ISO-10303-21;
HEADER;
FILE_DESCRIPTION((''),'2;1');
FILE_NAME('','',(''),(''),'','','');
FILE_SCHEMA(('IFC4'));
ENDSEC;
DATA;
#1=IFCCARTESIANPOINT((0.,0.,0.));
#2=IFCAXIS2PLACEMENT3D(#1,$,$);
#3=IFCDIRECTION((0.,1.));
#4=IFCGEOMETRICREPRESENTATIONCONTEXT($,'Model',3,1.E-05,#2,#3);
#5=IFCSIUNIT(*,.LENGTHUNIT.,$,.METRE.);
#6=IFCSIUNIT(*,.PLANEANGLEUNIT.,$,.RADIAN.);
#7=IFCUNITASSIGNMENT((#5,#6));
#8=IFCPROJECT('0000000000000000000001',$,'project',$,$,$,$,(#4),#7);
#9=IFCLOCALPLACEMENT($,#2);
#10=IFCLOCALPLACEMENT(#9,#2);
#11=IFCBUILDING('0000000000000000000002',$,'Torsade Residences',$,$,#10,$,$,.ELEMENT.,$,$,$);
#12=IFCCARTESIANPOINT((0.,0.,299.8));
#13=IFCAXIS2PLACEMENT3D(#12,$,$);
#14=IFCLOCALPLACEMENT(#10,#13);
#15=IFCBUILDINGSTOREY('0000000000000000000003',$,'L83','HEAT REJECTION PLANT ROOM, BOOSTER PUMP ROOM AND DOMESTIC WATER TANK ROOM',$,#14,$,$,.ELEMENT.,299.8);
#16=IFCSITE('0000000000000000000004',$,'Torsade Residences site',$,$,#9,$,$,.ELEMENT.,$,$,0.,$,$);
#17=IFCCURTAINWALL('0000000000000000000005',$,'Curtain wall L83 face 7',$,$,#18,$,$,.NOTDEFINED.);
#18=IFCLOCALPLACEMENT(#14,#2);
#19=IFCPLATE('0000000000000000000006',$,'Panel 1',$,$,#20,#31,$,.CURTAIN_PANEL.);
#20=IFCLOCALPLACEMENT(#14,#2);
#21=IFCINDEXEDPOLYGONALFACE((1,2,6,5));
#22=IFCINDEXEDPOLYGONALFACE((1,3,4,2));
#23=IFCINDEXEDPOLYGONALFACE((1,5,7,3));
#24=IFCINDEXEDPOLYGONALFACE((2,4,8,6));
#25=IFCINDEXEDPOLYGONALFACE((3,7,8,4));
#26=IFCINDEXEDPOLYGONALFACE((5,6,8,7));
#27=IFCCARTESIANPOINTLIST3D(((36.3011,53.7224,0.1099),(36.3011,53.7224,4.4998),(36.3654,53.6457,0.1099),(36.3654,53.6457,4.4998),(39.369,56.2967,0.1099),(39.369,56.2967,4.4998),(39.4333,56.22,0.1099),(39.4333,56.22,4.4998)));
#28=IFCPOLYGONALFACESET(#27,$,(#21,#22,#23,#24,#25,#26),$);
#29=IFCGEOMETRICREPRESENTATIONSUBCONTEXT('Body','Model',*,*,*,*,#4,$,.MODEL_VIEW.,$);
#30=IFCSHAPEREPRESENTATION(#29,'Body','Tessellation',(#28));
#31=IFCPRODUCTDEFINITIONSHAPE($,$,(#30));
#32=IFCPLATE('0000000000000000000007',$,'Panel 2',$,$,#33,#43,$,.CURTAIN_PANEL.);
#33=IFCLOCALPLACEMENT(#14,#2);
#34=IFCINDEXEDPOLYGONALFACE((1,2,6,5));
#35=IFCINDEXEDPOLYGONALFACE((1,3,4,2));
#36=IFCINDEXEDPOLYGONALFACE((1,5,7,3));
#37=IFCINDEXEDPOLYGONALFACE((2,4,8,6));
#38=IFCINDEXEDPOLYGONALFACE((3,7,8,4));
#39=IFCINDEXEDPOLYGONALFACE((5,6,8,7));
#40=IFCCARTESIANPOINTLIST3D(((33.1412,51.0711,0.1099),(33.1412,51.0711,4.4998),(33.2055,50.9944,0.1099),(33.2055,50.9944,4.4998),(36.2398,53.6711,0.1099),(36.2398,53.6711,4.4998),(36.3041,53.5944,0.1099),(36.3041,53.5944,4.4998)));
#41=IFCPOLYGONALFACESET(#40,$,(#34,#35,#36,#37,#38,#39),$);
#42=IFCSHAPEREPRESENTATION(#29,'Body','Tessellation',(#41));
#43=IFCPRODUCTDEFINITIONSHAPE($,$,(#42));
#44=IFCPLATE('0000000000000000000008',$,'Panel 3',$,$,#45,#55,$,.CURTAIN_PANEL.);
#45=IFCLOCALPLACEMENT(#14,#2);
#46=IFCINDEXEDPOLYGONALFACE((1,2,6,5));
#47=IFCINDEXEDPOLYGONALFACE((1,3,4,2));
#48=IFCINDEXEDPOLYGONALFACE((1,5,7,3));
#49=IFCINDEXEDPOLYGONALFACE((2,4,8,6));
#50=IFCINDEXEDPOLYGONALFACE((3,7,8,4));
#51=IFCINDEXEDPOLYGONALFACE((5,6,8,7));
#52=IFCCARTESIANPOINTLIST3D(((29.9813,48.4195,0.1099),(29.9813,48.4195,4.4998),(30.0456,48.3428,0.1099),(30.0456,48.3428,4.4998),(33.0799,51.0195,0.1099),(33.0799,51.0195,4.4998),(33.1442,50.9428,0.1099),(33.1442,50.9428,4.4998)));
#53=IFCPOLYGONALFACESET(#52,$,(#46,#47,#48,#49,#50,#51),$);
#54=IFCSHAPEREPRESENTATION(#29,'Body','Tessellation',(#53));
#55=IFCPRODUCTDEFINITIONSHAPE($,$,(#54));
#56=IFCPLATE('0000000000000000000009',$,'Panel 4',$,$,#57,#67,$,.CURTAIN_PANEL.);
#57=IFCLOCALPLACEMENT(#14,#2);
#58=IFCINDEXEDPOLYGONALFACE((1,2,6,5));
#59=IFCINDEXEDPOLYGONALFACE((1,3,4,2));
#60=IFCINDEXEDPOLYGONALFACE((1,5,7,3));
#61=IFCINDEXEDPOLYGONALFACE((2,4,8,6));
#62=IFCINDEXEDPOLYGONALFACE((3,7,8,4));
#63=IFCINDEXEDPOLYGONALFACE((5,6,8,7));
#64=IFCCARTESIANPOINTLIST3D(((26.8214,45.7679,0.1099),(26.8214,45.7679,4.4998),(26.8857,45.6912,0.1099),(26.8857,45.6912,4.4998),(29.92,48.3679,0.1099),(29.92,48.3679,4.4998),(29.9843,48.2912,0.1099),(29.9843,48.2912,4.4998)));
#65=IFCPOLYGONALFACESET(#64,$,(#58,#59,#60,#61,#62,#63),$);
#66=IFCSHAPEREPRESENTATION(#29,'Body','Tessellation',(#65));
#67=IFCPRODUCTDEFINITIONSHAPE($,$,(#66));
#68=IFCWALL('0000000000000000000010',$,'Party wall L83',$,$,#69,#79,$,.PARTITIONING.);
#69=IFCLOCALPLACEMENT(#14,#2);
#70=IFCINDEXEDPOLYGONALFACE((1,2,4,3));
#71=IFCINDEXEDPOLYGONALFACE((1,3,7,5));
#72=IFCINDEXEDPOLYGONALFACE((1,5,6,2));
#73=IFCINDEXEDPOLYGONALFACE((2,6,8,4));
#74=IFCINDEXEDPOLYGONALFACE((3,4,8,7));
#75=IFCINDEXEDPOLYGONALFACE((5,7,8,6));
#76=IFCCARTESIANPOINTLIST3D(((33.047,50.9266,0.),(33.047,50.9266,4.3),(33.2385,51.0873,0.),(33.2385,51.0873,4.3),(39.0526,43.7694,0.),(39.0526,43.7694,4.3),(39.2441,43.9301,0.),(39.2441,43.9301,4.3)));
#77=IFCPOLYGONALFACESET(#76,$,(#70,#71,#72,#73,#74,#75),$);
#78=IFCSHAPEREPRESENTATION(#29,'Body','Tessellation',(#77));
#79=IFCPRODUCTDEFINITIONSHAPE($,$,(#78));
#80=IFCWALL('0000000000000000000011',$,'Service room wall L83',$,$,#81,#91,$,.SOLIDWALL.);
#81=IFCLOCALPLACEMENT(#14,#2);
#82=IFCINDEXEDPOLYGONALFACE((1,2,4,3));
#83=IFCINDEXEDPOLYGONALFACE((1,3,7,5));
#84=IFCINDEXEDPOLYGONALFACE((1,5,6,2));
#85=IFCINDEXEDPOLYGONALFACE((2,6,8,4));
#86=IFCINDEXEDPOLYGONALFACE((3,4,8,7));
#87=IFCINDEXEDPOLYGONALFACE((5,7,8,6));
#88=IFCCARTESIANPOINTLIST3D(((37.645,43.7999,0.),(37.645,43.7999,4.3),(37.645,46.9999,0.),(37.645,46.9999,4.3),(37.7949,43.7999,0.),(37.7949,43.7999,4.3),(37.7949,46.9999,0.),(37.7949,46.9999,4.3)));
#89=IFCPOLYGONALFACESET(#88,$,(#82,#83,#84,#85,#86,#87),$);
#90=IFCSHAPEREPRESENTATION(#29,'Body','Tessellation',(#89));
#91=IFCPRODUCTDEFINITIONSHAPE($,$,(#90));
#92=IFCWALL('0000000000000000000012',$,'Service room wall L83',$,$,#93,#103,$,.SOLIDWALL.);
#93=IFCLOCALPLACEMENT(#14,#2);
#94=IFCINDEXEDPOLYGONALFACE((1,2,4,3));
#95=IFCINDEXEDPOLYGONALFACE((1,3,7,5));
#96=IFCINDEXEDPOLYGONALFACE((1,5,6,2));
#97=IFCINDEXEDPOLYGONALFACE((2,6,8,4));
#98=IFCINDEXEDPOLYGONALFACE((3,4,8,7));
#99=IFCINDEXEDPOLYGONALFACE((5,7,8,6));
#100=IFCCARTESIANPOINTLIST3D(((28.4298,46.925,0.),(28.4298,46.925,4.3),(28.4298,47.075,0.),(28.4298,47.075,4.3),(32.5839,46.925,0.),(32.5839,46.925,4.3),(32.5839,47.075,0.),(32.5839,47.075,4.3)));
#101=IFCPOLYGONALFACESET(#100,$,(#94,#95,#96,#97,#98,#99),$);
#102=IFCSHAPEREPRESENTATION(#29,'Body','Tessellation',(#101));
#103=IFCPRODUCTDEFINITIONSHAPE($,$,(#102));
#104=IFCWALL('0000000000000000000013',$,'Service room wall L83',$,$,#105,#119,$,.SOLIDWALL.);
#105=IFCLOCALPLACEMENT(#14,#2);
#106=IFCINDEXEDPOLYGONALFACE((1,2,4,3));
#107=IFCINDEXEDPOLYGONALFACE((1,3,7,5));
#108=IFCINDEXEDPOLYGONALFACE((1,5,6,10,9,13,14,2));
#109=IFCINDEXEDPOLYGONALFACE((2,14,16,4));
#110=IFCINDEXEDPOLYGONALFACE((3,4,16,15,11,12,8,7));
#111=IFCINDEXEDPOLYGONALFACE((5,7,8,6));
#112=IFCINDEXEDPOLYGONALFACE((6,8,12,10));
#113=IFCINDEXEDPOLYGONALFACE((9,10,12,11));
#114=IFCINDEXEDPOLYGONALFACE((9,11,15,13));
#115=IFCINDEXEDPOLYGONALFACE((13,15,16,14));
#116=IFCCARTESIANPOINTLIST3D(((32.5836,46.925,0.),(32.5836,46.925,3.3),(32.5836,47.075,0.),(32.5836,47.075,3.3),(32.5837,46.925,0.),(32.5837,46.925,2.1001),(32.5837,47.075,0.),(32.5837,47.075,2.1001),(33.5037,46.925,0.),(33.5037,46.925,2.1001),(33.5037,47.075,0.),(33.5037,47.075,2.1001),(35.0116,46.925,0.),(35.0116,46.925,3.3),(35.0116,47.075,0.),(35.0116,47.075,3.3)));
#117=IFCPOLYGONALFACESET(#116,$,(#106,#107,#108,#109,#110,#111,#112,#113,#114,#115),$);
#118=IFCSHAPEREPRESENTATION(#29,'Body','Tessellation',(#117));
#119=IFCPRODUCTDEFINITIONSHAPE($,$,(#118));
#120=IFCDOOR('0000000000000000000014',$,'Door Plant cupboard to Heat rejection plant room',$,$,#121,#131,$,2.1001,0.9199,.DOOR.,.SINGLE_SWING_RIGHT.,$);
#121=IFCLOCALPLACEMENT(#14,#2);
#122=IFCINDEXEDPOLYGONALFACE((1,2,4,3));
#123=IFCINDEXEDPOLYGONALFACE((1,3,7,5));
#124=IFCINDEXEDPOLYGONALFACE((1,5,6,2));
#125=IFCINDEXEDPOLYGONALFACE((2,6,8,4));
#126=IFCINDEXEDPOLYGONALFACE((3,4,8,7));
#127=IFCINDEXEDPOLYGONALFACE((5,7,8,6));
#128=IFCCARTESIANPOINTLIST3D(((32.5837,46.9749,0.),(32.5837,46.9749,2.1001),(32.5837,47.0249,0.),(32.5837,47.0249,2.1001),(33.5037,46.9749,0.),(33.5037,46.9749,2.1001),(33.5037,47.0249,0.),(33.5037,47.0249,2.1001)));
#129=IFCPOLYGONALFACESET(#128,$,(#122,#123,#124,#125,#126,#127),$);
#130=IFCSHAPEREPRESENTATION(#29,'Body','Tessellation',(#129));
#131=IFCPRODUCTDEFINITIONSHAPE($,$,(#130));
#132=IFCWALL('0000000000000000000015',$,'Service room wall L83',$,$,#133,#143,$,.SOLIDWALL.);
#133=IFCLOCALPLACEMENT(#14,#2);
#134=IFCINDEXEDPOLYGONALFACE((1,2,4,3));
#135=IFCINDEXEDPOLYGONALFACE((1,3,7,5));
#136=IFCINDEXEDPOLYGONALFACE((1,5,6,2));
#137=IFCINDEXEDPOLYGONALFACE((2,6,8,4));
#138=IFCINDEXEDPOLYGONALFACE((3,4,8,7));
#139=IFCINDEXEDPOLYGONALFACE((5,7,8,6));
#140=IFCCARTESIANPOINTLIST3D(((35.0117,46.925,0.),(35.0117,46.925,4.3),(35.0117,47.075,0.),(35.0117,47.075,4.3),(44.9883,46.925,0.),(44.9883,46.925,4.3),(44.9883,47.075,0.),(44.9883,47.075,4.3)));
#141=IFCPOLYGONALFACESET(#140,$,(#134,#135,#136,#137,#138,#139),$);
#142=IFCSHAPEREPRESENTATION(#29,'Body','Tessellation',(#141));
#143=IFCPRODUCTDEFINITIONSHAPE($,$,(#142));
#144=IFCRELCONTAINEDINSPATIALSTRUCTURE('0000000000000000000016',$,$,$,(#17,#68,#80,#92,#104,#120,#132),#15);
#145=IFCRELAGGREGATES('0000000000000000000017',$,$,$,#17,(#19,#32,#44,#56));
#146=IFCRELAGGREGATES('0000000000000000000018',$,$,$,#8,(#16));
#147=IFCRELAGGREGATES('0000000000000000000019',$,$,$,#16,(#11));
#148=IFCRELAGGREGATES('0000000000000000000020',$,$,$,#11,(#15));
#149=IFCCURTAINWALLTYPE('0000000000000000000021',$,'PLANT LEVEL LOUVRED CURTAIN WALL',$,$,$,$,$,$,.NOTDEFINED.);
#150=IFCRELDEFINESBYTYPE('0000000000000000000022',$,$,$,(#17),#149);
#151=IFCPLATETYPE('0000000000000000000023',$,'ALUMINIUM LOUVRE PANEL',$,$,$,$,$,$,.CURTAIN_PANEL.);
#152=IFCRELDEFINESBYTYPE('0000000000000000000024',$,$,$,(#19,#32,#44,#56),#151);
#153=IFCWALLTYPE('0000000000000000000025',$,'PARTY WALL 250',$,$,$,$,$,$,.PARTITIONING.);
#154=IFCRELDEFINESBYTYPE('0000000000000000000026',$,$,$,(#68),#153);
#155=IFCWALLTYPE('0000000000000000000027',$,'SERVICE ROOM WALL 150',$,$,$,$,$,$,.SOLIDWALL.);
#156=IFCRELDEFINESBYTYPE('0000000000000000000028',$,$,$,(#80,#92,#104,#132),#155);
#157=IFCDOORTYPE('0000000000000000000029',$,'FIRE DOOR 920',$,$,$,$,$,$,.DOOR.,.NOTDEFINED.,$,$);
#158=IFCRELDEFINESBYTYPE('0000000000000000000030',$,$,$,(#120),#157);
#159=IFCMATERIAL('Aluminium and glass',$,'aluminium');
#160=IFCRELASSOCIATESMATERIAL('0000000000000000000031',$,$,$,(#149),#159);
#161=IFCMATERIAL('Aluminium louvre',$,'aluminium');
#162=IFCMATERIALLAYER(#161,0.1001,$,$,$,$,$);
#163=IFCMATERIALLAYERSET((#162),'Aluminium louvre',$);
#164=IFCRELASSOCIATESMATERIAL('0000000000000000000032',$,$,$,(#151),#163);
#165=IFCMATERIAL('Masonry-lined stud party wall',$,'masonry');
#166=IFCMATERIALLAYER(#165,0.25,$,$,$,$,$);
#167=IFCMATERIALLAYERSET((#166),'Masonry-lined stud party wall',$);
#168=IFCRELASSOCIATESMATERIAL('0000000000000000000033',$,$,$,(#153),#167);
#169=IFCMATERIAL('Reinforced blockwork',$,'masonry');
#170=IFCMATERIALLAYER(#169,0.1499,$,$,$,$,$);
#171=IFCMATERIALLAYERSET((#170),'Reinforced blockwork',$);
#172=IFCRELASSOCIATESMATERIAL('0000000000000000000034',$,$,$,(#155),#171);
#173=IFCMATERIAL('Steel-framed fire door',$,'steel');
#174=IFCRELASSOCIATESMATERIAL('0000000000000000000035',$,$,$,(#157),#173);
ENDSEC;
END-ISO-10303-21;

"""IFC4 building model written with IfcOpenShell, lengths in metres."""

from ifc_helpers import new_model, si_unit, direction, frame, frame_2d, origin, origin_2d, place, context, subcontext, project, spatial, rectangle, extrude, material, layer, layer_set, type_object, element, fill, aggregate, save


model = new_model("IFC4")

# Units and contexts
model_context = context("Model", 3, precision=1e-05, world=origin(), true_north=direction((0.0, 1.0)))
body_context = subcontext(model_context, "Body", "Model", "MODEL_VIEW")
ifc_project = project(units=[si_unit("LENGTHUNIT", "METRE"), si_unit("PLANEANGLEUNIT", "RADIAN")], contexts=[model_context])

# Site, building, storey
site_placement = place(None, origin())
site = spatial("IfcSite", under=ifc_project, at=site_placement, Name="Torsade Residences site", CompositionType="ELEMENT", RefElevation=0.0)
building_placement = place(site_placement, origin())
building = spatial("IfcBuilding", under=site, at=building_placement, Name="Torsade Residences", CompositionType="ELEMENT")
storey_placement = place(building_placement, frame((0.0, 0.0, 299.8)))
storey = spatial("IfcBuildingStorey", under=building, at=storey_placement, Name="L83", Description="HEAT REJECTION PLANT ROOM, BOOSTER PUMP ROOM AND DOMESTIC WATER TANK ROOM", CompositionType="ELEMENT", Elevation=299.8)

# Curtain wall
ifc_material_1 = material(Name="Aluminium and glass", Category="aluminium")
curtain_wall_type = type_object("IfcCurtainWallType", Name="PLANT LEVEL LOUVRED CURTAIN WALL", PredefinedType="NOTDEFINED", material=ifc_material_1)
curtain_wall_placement = place(storey_placement, origin())
curtain_wall = element("IfcCurtainWall", 1, at=curtain_wall_placement, inside=storey, type_object=curtain_wall_type, Name="Curtain wall L83 face 7", PredefinedType="NOTDEFINED")

# Plates
ifc_material_2 = material(Name="Aluminium louvre", Category="aluminium")
ifc_layer_1 = layer(ifc_material_2, 0.1001)
ifc_layer_set_1 = layer_set([ifc_layer_1], Name="Aluminium louvre")
plate_type = type_object("IfcPlateType", Name="ALUMINIUM LOUVRE PANEL", PredefinedType="CURTAIN_PANEL", material=ifc_layer_set_1)
plate_1_placement = place(storey_placement, frame((37.8672, 54.9712, 0.1099), z_axis=(0.0, 0.0, 1.0), x_axis=(-0.766044, -0.642788, 0.0)))
plate_1 = element("IfcPlate", 2, at=plate_1_placement, type_object=plate_type, Name="Panel 1", PredefinedType="CURTAIN_PANEL", context=body_context, shape_type="SweptSolid", body=[
    extrude(rectangle(XDim=4.0049, YDim=0.1001, at=origin_2d()), origin(), (0.0, 0.0, 1.0), 4.3899),
])
plate_2_placement = place(storey_placement, frame((34.7227, 52.3328, 0.1099), z_axis=(0.0, 0.0, 1.0), x_axis=(-0.766044, -0.642788, 0.0)))
plate_2 = element("IfcPlate", 3, at=plate_2_placement, type_object=plate_type, Name="Panel 2", PredefinedType="CURTAIN_PANEL", context=body_context, shape_type="SweptSolid", body=[
    extrude(rectangle(XDim=4.0449, YDim=0.1001, at=origin_2d()), origin(), (0.0, 0.0, 1.0), 4.3899),
])
plate_3_placement = place(storey_placement, frame((31.5627, 49.6812, 0.1099), z_axis=(0.0, 0.0, 1.0), x_axis=(-0.766044, -0.642788, 0.0)))
plate_3 = element("IfcPlate", 4, at=plate_3_placement, type_object=plate_type, Name="Panel 3", PredefinedType="CURTAIN_PANEL", context=body_context, shape_type="SweptSolid", body=[
    extrude(rectangle(XDim=4.0449, YDim=0.1001, at=origin_2d()), origin(), (0.0, 0.0, 1.0), 4.3899),
])
plate_4_placement = place(storey_placement, frame((28.4028, 47.0295, 0.1099), z_axis=(0.0, 0.0, 1.0), x_axis=(-0.766044, -0.642788, 0.0)))
plate_4 = element("IfcPlate", 5, at=plate_4_placement, type_object=plate_type, Name="Panel 4", PredefinedType="CURTAIN_PANEL", context=body_context, shape_type="SweptSolid", body=[
    extrude(rectangle(XDim=4.0449, YDim=0.1001, at=origin_2d()), origin(), (0.0, 0.0, 1.0), 4.3899),
])
aggregate(curtain_wall, [plate_1, plate_2, plate_3, plate_4])

# Walls
ifc_material_3 = material(Name="Masonry-lined stud party wall", Category="masonry")
ifc_layer_2 = layer(ifc_material_3, 0.25)
ifc_layer_set_2 = layer_set([ifc_layer_2], Name="Masonry-lined stud party wall")
wall_type_1 = type_object("IfcWallType", Name="PARTY WALL 250", PredefinedType="PARTITIONING", material=ifc_layer_set_2)
wall_1_placement = place(storey_placement, frame((33.1428, 51.0068, 0.0), z_axis=(0.0, 0.0, 1.0), x_axis=(0.642787, -0.766045, 0.0)))
element("IfcWall", 6, at=wall_1_placement, inside=storey, type_object=wall_type_1, Name="Party wall L83", PredefinedType="PARTITIONING", context=body_context, shape_type="SweptSolid", body=[
    extrude(rectangle(XDim=9.343, YDim=0.25, at=frame_2d((4.6714, 0.0))), origin(), (0.0, 0.0, 1.0), 4.3),
])
ifc_material_4 = material(Name="Reinforced blockwork", Category="masonry")
ifc_layer_3 = layer(ifc_material_4, 0.1499)
ifc_layer_set_3 = layer_set([ifc_layer_3], Name="Reinforced blockwork")
wall_type_2 = type_object("IfcWallType", Name="SERVICE ROOM WALL 150", PredefinedType="SOLIDWALL", material=ifc_layer_set_3)
wall_2_placement = place(storey_placement, frame((37.72, 47.0, 0.0), z_axis=(0.0, 0.0, 1.0), x_axis=(0.0, -1.0, 0.0)))
element("IfcWall", 7, at=wall_2_placement, inside=storey, type_object=wall_type_2, Name="Service room wall L83", PredefinedType="SOLIDWALL", context=body_context, shape_type="SweptSolid", body=[
    extrude(rectangle(XDim=3.2, YDim=0.1499, at=frame_2d((1.6001, 0.0))), origin(), (0.0, 0.0, 1.0), 4.3),
])
wall_3_placement = place(storey_placement, frame((28.4297, 47.0, 0.0), z_axis=(0.0, 0.0, 1.0), x_axis=(1.0, 0.0, 0.0)))
element("IfcWall", 8, at=wall_3_placement, inside=storey, type_object=wall_type_2, Name="Service room wall L83", PredefinedType="SOLIDWALL", context=body_context, shape_type="SweptSolid", body=[
    extrude(rectangle(XDim=4.1541, YDim=0.1499, at=frame_2d((2.0771, 0.0))), origin(), (0.0, 0.0, 1.0), 4.3),
])

# Wall, opening, door
wall_4_placement = place(storey_placement, frame((32.5837, 47.0, 0.0), z_axis=(0.0, 0.0, 1.0), x_axis=(1.0, 0.0, 0.0)))
wall_4 = element("IfcWall", 9, at=wall_4_placement, inside=storey, type_object=wall_type_2, Name="Service room wall L83", PredefinedType="SOLIDWALL", context=body_context, shape_type="SweptSolid", body=[
    extrude(rectangle(XDim=2.428, YDim=0.1499, at=frame_2d((1.2139, 0.0))), origin(), (0.0, 0.0, 1.0), 3.3),
])
opening_placement = place(wall_4_placement, origin())
opening = element("IfcOpeningElement", 10, at=opening_placement, cuts=wall_4, PredefinedType="OPENING", context=body_context, shape_type="SweptSolid", body=[
    extrude(rectangle(XDim=0.9199, YDim=2.1001, at=frame_2d((0.46, 1.05))), frame((0.0, 0.085, 0.0), z_axis=(0.0, -1.0, 0.0), x_axis=(1.0, 0.0, 0.0)), (0.0, 0.0, 1.0), 0.1699),
])
ifc_material_5 = material(Name="Steel-framed fire door", Category="steel")
door_type = type_object("IfcDoorType", Name="FIRE DOOR 920", OperationType="NOTDEFINED", PredefinedType="DOOR", material=ifc_material_5)
door_placement = place(opening_placement, origin())
door = element("IfcDoor", 11, at=door_placement, inside=storey, type_object=door_type, Name="Door Plant cupboard to Heat rejection plant room", OperationType="SINGLE_SWING_RIGHT", OverallHeight=2.1001, OverallWidth=0.9199, PredefinedType="DOOR", context=body_context, shape_type="SweptSolid", body=[
    extrude(rectangle(XDim=0.9199, YDim=2.1001, at=frame_2d((0.46, 1.05))), frame((0.0, 0.0249, 0.0), z_axis=(0.0, -1.0, 0.0), x_axis=(1.0, 0.0, 0.0)), (0.0, 0.0, 1.0), 0.05),
])
fill(opening, door)

# Wall
wall_5_placement = place(storey_placement, frame((35.0117, 47.0, 0.0), z_axis=(0.0, 0.0, 1.0), x_axis=(1.0, 0.0, 0.0)))
element("IfcWall", 12, at=wall_5_placement, inside=storey, type_object=wall_type_2, Name="Service room wall L83", PredefinedType="SOLIDWALL", context=body_context, shape_type="SweptSolid", body=[
    extrude(rectangle(XDim=9.9766, YDim=0.1499, at=frame_2d((4.9883, 0.0))), origin(), (0.0, 0.0, 1.0), 4.3),
])

save(model, "model.ifc")
